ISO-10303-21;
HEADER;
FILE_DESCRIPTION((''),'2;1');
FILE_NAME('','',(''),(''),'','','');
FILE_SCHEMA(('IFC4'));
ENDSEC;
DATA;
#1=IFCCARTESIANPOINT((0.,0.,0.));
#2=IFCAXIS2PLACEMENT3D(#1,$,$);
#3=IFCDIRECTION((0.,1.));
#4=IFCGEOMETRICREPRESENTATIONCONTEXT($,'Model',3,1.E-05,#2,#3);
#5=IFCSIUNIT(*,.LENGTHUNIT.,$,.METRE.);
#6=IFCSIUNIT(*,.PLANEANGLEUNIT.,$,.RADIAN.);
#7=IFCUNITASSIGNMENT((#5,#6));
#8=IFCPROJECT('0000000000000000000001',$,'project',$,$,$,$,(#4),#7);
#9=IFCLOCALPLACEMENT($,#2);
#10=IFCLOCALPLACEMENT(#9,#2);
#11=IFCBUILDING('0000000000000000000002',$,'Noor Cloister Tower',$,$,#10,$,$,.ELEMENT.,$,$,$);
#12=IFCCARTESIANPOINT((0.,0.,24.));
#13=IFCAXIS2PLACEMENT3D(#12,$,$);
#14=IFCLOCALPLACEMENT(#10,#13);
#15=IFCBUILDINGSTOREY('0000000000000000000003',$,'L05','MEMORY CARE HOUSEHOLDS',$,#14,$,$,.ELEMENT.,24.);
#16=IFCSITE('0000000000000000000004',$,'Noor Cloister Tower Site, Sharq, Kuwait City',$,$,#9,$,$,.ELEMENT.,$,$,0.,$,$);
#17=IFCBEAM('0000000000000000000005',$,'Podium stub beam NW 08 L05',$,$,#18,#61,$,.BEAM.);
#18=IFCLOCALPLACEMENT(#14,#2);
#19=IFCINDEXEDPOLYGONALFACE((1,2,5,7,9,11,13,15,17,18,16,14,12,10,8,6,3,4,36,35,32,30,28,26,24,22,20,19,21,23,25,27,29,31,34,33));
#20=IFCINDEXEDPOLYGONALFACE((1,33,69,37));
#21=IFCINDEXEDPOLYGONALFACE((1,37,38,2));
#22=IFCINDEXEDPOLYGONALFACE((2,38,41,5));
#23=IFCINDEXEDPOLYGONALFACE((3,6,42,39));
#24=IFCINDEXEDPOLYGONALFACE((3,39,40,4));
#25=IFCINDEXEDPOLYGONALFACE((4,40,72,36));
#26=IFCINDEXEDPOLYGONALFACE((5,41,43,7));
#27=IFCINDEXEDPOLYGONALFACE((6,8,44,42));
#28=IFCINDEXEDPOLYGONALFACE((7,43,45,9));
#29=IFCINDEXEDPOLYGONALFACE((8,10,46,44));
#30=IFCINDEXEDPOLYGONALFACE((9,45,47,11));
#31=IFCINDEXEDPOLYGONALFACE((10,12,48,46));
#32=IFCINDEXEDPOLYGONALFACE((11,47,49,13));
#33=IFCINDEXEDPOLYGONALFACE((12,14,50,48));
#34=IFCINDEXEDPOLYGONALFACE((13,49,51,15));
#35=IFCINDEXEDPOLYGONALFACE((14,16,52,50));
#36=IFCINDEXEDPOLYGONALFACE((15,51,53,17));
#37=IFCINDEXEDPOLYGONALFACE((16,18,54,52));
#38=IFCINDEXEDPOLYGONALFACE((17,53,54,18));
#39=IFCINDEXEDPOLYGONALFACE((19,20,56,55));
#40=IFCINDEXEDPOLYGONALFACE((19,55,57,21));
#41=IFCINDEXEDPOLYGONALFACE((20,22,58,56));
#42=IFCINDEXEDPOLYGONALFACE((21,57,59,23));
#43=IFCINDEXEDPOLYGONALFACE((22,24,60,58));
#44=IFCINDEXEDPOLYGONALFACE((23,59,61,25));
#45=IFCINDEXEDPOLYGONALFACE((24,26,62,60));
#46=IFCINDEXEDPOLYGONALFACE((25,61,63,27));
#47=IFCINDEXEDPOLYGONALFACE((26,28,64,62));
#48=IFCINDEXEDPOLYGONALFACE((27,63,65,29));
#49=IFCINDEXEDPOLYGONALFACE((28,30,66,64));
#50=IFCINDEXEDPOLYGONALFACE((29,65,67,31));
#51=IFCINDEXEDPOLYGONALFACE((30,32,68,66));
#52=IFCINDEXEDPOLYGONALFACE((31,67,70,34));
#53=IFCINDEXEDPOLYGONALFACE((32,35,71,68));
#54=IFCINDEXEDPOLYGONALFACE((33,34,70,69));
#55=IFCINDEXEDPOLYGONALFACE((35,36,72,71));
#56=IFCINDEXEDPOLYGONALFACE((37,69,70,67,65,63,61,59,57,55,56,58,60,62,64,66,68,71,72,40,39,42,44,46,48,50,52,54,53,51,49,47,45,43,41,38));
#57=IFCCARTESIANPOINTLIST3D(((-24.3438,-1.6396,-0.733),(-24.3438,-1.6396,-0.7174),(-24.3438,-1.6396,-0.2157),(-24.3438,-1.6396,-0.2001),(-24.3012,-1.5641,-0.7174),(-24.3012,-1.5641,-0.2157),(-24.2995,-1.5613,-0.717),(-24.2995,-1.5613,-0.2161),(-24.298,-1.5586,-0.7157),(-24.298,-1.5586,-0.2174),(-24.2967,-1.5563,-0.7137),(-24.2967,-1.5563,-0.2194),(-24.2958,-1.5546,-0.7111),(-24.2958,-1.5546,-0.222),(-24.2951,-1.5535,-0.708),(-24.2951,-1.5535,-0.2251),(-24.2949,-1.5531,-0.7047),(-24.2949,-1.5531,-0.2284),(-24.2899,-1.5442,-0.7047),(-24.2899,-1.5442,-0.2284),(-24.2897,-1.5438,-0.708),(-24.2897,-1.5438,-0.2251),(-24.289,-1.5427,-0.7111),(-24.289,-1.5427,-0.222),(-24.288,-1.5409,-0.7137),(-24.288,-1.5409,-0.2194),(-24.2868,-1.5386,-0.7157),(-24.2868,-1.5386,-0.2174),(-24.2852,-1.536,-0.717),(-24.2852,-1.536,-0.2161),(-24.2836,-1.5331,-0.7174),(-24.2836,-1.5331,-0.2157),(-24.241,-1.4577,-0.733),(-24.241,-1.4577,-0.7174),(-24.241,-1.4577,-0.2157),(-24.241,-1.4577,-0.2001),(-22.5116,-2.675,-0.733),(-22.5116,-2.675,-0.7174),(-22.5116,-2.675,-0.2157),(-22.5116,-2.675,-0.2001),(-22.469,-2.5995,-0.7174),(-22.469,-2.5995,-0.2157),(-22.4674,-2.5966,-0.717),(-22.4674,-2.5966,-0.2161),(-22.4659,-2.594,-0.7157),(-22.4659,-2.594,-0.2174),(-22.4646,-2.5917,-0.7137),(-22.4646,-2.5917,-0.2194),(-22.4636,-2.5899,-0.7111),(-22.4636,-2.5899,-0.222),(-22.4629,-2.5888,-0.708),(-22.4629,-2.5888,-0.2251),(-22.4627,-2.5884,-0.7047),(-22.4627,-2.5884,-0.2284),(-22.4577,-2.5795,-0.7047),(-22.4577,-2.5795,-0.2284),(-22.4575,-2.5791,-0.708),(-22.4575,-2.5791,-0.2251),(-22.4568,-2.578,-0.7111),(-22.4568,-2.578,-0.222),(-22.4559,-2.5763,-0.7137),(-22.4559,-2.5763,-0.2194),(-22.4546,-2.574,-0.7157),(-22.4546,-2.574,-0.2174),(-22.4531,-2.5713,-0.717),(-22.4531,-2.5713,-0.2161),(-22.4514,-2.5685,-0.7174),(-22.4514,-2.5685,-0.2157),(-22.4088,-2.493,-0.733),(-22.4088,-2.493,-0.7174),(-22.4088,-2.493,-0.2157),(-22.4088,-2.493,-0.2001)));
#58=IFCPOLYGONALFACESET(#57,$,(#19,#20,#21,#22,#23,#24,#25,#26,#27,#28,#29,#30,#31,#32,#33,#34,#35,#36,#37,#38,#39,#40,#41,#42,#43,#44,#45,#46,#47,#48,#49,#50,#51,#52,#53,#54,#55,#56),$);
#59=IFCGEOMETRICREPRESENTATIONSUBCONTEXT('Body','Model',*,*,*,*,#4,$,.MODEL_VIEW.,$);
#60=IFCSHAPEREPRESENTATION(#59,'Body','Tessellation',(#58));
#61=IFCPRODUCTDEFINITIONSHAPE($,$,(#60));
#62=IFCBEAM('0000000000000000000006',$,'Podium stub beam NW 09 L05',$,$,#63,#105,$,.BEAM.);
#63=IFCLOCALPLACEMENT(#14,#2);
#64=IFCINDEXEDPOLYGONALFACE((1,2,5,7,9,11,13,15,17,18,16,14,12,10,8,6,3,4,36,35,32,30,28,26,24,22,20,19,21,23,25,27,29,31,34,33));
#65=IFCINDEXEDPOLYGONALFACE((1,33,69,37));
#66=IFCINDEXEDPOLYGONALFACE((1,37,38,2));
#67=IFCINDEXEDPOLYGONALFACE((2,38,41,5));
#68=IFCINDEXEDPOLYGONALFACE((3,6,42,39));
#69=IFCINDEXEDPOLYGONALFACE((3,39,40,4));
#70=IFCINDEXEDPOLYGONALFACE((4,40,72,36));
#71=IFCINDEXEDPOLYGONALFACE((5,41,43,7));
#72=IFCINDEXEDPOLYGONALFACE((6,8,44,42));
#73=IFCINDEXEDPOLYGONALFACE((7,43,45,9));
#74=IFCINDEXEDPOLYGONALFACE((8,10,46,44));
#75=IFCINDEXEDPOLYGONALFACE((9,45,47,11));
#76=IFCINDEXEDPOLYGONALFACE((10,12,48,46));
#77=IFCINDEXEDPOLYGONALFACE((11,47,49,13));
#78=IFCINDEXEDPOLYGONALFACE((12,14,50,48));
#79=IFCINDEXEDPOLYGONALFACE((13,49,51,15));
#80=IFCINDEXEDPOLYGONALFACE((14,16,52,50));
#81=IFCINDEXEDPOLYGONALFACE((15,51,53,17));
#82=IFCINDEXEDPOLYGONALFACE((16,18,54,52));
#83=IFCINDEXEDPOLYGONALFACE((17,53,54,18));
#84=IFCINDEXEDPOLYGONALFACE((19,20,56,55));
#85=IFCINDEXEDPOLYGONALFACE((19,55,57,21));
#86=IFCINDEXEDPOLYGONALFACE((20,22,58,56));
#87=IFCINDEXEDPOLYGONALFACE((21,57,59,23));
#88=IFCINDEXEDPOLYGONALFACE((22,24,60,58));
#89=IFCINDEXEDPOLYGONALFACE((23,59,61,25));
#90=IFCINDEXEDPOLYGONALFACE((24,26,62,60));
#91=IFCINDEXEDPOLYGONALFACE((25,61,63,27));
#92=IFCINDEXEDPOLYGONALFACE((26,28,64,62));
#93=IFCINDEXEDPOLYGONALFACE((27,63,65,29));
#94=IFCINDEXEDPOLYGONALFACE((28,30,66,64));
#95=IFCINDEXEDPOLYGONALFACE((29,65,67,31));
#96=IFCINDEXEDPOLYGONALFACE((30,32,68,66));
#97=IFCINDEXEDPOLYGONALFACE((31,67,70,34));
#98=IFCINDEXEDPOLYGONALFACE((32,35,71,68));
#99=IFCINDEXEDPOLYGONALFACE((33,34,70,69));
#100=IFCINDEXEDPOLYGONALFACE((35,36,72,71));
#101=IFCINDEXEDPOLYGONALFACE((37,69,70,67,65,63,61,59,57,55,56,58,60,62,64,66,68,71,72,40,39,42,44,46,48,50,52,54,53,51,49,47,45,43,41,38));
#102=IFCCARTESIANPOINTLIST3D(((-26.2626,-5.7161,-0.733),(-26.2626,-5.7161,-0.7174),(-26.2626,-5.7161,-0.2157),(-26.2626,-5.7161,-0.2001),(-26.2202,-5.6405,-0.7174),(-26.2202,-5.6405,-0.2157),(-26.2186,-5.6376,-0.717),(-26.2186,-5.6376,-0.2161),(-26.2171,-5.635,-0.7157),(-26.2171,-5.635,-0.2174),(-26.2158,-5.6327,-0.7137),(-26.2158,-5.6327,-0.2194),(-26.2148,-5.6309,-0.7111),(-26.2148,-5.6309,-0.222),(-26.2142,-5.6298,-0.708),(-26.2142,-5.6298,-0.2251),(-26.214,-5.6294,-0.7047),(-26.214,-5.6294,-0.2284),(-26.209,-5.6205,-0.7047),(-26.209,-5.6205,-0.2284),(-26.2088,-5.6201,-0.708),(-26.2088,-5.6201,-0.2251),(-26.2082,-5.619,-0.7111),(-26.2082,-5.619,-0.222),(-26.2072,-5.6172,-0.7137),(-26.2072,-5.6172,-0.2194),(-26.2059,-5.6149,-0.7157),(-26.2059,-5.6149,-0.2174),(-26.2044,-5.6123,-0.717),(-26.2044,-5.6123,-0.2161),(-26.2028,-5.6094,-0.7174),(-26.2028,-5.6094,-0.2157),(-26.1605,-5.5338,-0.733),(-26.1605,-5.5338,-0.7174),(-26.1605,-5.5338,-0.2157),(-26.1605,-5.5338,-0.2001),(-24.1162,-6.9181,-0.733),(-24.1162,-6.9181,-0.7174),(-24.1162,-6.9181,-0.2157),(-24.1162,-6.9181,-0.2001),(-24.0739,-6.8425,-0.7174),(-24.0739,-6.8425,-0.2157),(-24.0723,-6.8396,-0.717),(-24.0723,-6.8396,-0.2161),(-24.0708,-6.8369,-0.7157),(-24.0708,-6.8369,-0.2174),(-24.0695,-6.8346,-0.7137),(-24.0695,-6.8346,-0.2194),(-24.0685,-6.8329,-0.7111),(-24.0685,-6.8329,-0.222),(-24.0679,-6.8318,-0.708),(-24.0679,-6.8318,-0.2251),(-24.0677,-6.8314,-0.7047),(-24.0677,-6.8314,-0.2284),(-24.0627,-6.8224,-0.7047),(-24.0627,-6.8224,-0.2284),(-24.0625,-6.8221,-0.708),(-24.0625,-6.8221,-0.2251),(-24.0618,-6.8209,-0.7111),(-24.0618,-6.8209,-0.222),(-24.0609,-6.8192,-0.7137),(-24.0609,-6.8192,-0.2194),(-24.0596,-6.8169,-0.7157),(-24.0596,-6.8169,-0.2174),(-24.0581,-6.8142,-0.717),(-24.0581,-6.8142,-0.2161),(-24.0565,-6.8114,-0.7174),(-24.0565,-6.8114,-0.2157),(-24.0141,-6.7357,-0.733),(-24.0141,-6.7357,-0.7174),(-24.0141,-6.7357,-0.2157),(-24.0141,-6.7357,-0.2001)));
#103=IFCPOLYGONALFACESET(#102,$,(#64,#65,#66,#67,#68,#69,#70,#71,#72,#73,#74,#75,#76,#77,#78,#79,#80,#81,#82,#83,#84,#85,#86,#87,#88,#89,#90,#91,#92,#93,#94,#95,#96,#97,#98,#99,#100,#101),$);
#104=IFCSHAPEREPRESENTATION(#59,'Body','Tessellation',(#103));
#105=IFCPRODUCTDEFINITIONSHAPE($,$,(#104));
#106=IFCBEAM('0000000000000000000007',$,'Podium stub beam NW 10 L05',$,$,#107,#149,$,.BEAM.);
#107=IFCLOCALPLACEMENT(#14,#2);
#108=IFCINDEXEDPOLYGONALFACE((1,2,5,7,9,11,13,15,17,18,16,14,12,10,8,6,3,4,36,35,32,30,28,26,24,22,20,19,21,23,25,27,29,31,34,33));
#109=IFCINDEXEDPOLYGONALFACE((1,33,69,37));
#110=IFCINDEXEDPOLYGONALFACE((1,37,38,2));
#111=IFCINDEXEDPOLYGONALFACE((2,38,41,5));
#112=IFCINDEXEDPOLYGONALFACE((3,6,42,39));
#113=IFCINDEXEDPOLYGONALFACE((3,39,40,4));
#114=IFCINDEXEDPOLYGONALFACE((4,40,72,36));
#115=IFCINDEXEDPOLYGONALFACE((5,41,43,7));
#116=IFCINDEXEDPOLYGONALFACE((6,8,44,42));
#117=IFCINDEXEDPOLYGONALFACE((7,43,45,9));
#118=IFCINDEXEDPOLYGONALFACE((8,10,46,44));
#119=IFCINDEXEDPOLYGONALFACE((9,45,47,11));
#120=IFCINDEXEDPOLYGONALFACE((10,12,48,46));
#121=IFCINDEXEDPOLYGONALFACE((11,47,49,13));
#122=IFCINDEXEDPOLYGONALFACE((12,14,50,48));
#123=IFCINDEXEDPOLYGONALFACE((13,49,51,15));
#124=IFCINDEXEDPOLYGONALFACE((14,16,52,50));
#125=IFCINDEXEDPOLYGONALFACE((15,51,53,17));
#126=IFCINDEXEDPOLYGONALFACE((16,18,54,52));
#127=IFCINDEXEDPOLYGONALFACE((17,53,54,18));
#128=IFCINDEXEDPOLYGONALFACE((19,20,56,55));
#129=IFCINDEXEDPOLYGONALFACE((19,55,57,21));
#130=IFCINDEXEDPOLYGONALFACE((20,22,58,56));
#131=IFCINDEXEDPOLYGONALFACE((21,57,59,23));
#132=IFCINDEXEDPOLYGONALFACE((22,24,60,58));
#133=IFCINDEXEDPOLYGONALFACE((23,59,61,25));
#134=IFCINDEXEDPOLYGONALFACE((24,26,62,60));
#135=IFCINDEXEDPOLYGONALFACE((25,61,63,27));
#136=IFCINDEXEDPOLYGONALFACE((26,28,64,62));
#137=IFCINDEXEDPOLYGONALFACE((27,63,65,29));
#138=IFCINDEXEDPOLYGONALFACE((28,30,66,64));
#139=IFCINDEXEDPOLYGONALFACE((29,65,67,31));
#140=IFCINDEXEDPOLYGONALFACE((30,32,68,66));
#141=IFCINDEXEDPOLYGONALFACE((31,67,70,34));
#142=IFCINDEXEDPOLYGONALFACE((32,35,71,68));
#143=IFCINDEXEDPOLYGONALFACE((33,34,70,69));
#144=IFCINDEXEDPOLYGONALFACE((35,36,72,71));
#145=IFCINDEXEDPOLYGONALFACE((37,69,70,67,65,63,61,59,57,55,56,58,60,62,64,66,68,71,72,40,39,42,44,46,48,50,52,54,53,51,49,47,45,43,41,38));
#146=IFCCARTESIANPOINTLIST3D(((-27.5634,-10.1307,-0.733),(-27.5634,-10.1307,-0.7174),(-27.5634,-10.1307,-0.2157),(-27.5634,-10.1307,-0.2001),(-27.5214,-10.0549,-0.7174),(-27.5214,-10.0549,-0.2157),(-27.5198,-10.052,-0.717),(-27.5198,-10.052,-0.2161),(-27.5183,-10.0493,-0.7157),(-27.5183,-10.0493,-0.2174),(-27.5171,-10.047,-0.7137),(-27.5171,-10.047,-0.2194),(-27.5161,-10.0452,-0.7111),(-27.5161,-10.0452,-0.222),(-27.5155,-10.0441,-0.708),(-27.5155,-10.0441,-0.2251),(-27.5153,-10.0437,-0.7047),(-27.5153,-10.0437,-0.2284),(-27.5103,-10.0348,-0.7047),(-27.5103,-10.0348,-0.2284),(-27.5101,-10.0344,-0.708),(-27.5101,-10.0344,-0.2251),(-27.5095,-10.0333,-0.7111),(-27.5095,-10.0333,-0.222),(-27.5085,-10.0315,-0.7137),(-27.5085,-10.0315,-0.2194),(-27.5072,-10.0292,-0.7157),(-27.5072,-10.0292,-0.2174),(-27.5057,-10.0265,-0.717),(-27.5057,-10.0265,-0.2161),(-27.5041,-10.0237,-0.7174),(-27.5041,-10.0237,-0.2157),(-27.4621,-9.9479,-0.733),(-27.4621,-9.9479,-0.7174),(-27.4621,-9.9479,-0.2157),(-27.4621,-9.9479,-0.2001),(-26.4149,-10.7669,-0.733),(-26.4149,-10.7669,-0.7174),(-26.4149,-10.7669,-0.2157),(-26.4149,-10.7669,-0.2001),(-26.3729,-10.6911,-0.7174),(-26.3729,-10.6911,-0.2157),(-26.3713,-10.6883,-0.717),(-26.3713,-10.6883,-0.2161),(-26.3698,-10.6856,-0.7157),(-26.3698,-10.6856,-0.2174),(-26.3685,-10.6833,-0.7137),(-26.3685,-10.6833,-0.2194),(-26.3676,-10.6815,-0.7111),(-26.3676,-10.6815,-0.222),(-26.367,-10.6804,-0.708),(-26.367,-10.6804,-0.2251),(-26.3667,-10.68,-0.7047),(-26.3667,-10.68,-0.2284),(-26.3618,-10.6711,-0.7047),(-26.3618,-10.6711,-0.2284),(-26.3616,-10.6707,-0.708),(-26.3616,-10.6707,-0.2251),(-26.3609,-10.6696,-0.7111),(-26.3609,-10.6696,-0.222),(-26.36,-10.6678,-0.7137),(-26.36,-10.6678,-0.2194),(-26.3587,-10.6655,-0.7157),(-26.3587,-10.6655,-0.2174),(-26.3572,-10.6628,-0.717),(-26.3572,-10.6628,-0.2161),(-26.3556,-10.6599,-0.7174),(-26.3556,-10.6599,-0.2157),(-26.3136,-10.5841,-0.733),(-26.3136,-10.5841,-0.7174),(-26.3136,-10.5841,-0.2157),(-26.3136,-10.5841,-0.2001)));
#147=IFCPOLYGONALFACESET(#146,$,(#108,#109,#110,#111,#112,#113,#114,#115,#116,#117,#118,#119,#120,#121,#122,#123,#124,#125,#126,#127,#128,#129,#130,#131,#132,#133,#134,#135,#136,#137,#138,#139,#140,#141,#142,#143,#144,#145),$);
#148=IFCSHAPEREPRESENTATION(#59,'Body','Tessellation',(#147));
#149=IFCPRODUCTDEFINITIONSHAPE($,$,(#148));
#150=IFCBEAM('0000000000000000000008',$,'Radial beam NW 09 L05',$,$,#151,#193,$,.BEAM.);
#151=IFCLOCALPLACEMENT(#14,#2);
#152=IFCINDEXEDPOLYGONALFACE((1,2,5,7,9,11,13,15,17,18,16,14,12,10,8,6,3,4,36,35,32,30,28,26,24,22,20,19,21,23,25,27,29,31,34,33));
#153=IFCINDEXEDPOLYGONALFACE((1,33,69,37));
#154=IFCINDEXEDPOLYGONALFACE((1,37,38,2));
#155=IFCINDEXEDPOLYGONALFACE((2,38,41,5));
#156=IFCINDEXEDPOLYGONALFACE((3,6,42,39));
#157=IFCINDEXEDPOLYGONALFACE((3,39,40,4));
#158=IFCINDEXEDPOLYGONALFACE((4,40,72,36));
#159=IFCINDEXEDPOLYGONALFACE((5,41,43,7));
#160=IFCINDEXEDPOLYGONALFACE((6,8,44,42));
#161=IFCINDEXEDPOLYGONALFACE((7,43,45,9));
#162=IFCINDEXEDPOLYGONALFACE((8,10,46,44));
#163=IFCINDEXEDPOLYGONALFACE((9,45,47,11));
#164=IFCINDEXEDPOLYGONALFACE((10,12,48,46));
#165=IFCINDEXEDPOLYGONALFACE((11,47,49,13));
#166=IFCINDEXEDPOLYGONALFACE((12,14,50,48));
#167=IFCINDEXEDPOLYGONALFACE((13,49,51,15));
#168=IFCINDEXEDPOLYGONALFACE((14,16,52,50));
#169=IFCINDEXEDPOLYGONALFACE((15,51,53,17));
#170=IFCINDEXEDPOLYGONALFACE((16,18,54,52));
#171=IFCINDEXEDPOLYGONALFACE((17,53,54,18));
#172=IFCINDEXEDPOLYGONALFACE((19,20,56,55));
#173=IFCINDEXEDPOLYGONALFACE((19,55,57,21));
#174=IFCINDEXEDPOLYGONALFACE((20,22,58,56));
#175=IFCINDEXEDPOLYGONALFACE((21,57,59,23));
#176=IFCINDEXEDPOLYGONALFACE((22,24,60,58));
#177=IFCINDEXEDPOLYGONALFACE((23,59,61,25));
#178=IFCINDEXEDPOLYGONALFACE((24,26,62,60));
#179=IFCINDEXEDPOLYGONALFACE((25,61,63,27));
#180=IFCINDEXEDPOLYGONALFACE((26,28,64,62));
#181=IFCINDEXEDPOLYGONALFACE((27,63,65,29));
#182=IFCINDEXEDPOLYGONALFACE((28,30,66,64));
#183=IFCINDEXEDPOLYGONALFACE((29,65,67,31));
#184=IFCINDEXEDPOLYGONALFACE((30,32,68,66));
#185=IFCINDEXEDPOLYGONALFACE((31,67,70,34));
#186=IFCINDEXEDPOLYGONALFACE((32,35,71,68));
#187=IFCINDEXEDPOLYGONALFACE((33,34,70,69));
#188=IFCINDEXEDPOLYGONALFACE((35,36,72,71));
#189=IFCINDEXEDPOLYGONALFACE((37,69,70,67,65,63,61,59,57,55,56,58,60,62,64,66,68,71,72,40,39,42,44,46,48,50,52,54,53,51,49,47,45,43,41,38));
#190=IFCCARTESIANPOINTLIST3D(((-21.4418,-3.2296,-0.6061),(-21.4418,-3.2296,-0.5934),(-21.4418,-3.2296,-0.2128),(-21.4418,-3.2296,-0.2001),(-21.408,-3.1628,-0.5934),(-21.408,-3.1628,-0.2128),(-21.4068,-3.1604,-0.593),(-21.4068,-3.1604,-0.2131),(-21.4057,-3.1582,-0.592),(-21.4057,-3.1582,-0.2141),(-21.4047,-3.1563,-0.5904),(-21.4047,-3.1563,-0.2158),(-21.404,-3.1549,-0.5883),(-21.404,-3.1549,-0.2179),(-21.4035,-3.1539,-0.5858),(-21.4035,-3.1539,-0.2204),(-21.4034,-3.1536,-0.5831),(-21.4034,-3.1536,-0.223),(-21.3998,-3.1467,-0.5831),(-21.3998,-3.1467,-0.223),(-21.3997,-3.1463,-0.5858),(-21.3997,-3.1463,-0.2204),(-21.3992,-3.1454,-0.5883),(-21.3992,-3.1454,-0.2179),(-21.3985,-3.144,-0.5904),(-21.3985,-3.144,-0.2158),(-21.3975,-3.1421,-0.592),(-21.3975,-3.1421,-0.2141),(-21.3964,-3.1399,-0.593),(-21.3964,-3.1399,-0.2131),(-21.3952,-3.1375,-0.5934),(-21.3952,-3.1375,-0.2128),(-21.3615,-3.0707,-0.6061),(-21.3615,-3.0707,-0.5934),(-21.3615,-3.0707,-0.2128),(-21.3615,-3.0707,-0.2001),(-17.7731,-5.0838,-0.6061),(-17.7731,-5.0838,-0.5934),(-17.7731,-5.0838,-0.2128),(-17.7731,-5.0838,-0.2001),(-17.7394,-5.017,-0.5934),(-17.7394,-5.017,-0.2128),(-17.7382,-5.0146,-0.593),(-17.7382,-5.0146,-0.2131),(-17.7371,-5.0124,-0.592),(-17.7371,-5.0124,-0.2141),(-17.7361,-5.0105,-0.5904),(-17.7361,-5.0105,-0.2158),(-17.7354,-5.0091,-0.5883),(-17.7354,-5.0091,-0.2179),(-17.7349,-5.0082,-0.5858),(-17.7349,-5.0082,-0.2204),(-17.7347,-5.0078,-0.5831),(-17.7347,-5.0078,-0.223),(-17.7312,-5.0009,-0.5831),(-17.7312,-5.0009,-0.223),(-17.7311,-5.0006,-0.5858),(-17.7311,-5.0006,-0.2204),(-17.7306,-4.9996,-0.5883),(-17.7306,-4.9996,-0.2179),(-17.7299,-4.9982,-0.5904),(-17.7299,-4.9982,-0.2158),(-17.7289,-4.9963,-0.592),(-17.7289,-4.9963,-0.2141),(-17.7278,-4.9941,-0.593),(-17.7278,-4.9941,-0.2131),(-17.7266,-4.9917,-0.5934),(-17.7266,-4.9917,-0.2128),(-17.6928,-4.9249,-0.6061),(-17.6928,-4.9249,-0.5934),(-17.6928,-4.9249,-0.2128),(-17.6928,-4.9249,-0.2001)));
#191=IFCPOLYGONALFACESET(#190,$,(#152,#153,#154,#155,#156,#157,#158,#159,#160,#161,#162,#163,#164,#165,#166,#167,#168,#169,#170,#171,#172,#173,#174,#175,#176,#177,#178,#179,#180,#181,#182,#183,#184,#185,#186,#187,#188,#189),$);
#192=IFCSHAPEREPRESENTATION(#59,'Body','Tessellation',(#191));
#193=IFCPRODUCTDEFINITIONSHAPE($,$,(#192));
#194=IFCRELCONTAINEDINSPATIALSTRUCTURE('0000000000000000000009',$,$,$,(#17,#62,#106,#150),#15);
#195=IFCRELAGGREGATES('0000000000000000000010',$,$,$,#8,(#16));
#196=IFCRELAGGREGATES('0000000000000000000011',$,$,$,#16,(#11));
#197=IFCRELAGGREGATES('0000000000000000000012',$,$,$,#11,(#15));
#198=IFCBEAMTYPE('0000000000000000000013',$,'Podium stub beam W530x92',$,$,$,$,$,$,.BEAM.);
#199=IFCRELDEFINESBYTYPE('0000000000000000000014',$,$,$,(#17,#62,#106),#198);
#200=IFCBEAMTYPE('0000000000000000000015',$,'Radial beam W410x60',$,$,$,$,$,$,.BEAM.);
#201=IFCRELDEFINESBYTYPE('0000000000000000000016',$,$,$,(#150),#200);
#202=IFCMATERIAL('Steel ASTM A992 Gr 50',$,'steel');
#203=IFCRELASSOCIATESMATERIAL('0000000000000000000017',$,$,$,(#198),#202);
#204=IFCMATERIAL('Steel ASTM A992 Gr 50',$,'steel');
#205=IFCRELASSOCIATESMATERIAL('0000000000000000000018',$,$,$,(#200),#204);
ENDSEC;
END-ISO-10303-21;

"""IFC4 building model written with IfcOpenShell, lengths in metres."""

from ifc_helpers import new_model, si_unit, direction, frame, origin, origin_2d, place, context, subcontext, project, spatial, i_section, extrude, material, material_profile, profile_set, type_object, element, save


model = new_model("IFC4")

# Units and contexts
model_context = context("Model", 3, precision=1e-05, world=origin(), true_north=direction((0.0, 1.0)))
body_context = subcontext(model_context, "Body", "Model", "MODEL_VIEW")
ifc_project = project(units=[si_unit("LENGTHUNIT", "METRE"), si_unit("PLANEANGLEUNIT", "RADIAN")], contexts=[model_context])

# Site, building, storey
site_placement = place(None, origin())
site = spatial("IfcSite", under=ifc_project, at=site_placement, Name="Noor Cloister Tower Site, Sharq, Kuwait City", CompositionType="ELEMENT", RefElevation=0.0)
building_placement = place(site_placement, origin())
building = spatial("IfcBuilding", under=site, at=building_placement, Name="Noor Cloister Tower", CompositionType="ELEMENT")
storey_placement = place(building_placement, frame((0.0, 0.0, 24.0)))
storey = spatial("IfcBuildingStorey", under=building, at=storey_placement, Name="L05", Description="MEMORY CARE HOUSEHOLDS", CompositionType="ELEMENT", Elevation=24.0)

# Beams
ifc_material_1 = material(Name="Steel ASTM A992 Gr 50", Category="steel")
ifc_material_profile_1 = material_profile(ifc_material_1, i_section(OverallWidth=0.209, OverallDepth=0.533, WebThickness=0.0103, FlangeThickness=0.0156, FilletRadius=0.0127, at=origin_2d()), Name="W530x92")
ifc_profile_set_1 = profile_set([ifc_material_profile_1], Name="Steel ASTM A992 Gr 50")
beam_type_1 = type_object("IfcBeamType", Name="Podium stub beam W530x92", PredefinedType="BEAM", material=ifc_profile_set_1)
beam_1_placement = place(storey_placement, frame((-22.4602, -2.584, -0.4666), z_axis=(-0.87061, 0.491973, 0.0), x_axis=(-0.491973, -0.87061, 0.0)))
element("IfcBeam", 1, at=beam_1_placement, inside=storey, type_object=beam_type_1, Name="Podium stub beam NW 08 L05", PredefinedType="BEAM", context=body_context, shape_type="SweptSolid", body=[
    extrude(i_section(OverallWidth=0.209, OverallDepth=0.533, WebThickness=0.0103, FlangeThickness=0.0156, FilletRadius=0.0127, at=origin_2d()), origin(), (0.0, 0.0, 1.0), 2.1045),
])
beam_2_placement = place(storey_placement, frame((-24.0652, -6.8269, -0.4666), z_axis=(-0.872504, 0.488606, 0.0), x_axis=(-0.488606, -0.872504, 0.0)))
element("IfcBeam", 2, at=beam_2_placement, inside=storey, type_object=beam_type_1, Name="Podium stub beam NW 09 L05", PredefinedType="BEAM", context=body_context, shape_type="SweptSolid", body=[
    extrude(i_section(OverallWidth=0.209, OverallDepth=0.533, WebThickness=0.0103, FlangeThickness=0.0156, FilletRadius=0.0127, at=origin_2d()), origin(), (0.0, 0.0, 1.0), 2.46),
])
beam_3_placement = place(storey_placement, frame((-26.3643, -10.6755, -0.4666), z_axis=(-0.874736, 0.484601, 0.0), x_axis=(-0.484601, -0.874736, 0.0)))
element("IfcBeam", 3, at=beam_3_placement, inside=storey, type_object=beam_type_1, Name="Podium stub beam NW 10 L05", PredefinedType="BEAM", context=body_context, shape_type="SweptSolid", body=[
    extrude(i_section(OverallWidth=0.209, OverallDepth=0.533, WebThickness=0.0103, FlangeThickness=0.0156, FilletRadius=0.0127, at=origin_2d()), origin(), (0.0, 0.0, 1.0), 1.313),
])
ifc_material_2 = material(Name="Steel ASTM A992 Gr 50", Category="steel")
ifc_material_profile_2 = material_profile(ifc_material_2, i_section(OverallWidth=0.178, OverallDepth=0.406, WebThickness=0.0078, FlangeThickness=0.0127, FilletRadius=0.0103, at=origin_2d()), Name="W410x60")
ifc_profile_set_2 = profile_set([ifc_material_profile_2], Name="Steel ASTM A992 Gr 50")
beam_type_2 = type_object("IfcBeamType", Name="Radial beam W410x60", PredefinedType="BEAM", material=ifc_profile_set_2)
beam_4_placement = place(storey_placement, frame((-21.4016, -3.1501, -0.4031), z_axis=(0.892483, -0.451082, 0.0), x_axis=(0.451082, 0.892483, 0.0)))
element("IfcBeam", 4, at=beam_4_placement, inside=storey, type_object=beam_type_2, Name="Radial beam NW 09 L05", PredefinedType="BEAM", context=body_context, shape_type="SweptSolid", body=[
    extrude(i_section(OverallWidth=0.178, OverallDepth=0.406, WebThickness=0.0078, FlangeThickness=0.0127, FilletRadius=0.0103, at=origin_2d()), origin(), (0.0, 0.0, 1.0), 4.1106),
])

save(model, "model.ifc")
